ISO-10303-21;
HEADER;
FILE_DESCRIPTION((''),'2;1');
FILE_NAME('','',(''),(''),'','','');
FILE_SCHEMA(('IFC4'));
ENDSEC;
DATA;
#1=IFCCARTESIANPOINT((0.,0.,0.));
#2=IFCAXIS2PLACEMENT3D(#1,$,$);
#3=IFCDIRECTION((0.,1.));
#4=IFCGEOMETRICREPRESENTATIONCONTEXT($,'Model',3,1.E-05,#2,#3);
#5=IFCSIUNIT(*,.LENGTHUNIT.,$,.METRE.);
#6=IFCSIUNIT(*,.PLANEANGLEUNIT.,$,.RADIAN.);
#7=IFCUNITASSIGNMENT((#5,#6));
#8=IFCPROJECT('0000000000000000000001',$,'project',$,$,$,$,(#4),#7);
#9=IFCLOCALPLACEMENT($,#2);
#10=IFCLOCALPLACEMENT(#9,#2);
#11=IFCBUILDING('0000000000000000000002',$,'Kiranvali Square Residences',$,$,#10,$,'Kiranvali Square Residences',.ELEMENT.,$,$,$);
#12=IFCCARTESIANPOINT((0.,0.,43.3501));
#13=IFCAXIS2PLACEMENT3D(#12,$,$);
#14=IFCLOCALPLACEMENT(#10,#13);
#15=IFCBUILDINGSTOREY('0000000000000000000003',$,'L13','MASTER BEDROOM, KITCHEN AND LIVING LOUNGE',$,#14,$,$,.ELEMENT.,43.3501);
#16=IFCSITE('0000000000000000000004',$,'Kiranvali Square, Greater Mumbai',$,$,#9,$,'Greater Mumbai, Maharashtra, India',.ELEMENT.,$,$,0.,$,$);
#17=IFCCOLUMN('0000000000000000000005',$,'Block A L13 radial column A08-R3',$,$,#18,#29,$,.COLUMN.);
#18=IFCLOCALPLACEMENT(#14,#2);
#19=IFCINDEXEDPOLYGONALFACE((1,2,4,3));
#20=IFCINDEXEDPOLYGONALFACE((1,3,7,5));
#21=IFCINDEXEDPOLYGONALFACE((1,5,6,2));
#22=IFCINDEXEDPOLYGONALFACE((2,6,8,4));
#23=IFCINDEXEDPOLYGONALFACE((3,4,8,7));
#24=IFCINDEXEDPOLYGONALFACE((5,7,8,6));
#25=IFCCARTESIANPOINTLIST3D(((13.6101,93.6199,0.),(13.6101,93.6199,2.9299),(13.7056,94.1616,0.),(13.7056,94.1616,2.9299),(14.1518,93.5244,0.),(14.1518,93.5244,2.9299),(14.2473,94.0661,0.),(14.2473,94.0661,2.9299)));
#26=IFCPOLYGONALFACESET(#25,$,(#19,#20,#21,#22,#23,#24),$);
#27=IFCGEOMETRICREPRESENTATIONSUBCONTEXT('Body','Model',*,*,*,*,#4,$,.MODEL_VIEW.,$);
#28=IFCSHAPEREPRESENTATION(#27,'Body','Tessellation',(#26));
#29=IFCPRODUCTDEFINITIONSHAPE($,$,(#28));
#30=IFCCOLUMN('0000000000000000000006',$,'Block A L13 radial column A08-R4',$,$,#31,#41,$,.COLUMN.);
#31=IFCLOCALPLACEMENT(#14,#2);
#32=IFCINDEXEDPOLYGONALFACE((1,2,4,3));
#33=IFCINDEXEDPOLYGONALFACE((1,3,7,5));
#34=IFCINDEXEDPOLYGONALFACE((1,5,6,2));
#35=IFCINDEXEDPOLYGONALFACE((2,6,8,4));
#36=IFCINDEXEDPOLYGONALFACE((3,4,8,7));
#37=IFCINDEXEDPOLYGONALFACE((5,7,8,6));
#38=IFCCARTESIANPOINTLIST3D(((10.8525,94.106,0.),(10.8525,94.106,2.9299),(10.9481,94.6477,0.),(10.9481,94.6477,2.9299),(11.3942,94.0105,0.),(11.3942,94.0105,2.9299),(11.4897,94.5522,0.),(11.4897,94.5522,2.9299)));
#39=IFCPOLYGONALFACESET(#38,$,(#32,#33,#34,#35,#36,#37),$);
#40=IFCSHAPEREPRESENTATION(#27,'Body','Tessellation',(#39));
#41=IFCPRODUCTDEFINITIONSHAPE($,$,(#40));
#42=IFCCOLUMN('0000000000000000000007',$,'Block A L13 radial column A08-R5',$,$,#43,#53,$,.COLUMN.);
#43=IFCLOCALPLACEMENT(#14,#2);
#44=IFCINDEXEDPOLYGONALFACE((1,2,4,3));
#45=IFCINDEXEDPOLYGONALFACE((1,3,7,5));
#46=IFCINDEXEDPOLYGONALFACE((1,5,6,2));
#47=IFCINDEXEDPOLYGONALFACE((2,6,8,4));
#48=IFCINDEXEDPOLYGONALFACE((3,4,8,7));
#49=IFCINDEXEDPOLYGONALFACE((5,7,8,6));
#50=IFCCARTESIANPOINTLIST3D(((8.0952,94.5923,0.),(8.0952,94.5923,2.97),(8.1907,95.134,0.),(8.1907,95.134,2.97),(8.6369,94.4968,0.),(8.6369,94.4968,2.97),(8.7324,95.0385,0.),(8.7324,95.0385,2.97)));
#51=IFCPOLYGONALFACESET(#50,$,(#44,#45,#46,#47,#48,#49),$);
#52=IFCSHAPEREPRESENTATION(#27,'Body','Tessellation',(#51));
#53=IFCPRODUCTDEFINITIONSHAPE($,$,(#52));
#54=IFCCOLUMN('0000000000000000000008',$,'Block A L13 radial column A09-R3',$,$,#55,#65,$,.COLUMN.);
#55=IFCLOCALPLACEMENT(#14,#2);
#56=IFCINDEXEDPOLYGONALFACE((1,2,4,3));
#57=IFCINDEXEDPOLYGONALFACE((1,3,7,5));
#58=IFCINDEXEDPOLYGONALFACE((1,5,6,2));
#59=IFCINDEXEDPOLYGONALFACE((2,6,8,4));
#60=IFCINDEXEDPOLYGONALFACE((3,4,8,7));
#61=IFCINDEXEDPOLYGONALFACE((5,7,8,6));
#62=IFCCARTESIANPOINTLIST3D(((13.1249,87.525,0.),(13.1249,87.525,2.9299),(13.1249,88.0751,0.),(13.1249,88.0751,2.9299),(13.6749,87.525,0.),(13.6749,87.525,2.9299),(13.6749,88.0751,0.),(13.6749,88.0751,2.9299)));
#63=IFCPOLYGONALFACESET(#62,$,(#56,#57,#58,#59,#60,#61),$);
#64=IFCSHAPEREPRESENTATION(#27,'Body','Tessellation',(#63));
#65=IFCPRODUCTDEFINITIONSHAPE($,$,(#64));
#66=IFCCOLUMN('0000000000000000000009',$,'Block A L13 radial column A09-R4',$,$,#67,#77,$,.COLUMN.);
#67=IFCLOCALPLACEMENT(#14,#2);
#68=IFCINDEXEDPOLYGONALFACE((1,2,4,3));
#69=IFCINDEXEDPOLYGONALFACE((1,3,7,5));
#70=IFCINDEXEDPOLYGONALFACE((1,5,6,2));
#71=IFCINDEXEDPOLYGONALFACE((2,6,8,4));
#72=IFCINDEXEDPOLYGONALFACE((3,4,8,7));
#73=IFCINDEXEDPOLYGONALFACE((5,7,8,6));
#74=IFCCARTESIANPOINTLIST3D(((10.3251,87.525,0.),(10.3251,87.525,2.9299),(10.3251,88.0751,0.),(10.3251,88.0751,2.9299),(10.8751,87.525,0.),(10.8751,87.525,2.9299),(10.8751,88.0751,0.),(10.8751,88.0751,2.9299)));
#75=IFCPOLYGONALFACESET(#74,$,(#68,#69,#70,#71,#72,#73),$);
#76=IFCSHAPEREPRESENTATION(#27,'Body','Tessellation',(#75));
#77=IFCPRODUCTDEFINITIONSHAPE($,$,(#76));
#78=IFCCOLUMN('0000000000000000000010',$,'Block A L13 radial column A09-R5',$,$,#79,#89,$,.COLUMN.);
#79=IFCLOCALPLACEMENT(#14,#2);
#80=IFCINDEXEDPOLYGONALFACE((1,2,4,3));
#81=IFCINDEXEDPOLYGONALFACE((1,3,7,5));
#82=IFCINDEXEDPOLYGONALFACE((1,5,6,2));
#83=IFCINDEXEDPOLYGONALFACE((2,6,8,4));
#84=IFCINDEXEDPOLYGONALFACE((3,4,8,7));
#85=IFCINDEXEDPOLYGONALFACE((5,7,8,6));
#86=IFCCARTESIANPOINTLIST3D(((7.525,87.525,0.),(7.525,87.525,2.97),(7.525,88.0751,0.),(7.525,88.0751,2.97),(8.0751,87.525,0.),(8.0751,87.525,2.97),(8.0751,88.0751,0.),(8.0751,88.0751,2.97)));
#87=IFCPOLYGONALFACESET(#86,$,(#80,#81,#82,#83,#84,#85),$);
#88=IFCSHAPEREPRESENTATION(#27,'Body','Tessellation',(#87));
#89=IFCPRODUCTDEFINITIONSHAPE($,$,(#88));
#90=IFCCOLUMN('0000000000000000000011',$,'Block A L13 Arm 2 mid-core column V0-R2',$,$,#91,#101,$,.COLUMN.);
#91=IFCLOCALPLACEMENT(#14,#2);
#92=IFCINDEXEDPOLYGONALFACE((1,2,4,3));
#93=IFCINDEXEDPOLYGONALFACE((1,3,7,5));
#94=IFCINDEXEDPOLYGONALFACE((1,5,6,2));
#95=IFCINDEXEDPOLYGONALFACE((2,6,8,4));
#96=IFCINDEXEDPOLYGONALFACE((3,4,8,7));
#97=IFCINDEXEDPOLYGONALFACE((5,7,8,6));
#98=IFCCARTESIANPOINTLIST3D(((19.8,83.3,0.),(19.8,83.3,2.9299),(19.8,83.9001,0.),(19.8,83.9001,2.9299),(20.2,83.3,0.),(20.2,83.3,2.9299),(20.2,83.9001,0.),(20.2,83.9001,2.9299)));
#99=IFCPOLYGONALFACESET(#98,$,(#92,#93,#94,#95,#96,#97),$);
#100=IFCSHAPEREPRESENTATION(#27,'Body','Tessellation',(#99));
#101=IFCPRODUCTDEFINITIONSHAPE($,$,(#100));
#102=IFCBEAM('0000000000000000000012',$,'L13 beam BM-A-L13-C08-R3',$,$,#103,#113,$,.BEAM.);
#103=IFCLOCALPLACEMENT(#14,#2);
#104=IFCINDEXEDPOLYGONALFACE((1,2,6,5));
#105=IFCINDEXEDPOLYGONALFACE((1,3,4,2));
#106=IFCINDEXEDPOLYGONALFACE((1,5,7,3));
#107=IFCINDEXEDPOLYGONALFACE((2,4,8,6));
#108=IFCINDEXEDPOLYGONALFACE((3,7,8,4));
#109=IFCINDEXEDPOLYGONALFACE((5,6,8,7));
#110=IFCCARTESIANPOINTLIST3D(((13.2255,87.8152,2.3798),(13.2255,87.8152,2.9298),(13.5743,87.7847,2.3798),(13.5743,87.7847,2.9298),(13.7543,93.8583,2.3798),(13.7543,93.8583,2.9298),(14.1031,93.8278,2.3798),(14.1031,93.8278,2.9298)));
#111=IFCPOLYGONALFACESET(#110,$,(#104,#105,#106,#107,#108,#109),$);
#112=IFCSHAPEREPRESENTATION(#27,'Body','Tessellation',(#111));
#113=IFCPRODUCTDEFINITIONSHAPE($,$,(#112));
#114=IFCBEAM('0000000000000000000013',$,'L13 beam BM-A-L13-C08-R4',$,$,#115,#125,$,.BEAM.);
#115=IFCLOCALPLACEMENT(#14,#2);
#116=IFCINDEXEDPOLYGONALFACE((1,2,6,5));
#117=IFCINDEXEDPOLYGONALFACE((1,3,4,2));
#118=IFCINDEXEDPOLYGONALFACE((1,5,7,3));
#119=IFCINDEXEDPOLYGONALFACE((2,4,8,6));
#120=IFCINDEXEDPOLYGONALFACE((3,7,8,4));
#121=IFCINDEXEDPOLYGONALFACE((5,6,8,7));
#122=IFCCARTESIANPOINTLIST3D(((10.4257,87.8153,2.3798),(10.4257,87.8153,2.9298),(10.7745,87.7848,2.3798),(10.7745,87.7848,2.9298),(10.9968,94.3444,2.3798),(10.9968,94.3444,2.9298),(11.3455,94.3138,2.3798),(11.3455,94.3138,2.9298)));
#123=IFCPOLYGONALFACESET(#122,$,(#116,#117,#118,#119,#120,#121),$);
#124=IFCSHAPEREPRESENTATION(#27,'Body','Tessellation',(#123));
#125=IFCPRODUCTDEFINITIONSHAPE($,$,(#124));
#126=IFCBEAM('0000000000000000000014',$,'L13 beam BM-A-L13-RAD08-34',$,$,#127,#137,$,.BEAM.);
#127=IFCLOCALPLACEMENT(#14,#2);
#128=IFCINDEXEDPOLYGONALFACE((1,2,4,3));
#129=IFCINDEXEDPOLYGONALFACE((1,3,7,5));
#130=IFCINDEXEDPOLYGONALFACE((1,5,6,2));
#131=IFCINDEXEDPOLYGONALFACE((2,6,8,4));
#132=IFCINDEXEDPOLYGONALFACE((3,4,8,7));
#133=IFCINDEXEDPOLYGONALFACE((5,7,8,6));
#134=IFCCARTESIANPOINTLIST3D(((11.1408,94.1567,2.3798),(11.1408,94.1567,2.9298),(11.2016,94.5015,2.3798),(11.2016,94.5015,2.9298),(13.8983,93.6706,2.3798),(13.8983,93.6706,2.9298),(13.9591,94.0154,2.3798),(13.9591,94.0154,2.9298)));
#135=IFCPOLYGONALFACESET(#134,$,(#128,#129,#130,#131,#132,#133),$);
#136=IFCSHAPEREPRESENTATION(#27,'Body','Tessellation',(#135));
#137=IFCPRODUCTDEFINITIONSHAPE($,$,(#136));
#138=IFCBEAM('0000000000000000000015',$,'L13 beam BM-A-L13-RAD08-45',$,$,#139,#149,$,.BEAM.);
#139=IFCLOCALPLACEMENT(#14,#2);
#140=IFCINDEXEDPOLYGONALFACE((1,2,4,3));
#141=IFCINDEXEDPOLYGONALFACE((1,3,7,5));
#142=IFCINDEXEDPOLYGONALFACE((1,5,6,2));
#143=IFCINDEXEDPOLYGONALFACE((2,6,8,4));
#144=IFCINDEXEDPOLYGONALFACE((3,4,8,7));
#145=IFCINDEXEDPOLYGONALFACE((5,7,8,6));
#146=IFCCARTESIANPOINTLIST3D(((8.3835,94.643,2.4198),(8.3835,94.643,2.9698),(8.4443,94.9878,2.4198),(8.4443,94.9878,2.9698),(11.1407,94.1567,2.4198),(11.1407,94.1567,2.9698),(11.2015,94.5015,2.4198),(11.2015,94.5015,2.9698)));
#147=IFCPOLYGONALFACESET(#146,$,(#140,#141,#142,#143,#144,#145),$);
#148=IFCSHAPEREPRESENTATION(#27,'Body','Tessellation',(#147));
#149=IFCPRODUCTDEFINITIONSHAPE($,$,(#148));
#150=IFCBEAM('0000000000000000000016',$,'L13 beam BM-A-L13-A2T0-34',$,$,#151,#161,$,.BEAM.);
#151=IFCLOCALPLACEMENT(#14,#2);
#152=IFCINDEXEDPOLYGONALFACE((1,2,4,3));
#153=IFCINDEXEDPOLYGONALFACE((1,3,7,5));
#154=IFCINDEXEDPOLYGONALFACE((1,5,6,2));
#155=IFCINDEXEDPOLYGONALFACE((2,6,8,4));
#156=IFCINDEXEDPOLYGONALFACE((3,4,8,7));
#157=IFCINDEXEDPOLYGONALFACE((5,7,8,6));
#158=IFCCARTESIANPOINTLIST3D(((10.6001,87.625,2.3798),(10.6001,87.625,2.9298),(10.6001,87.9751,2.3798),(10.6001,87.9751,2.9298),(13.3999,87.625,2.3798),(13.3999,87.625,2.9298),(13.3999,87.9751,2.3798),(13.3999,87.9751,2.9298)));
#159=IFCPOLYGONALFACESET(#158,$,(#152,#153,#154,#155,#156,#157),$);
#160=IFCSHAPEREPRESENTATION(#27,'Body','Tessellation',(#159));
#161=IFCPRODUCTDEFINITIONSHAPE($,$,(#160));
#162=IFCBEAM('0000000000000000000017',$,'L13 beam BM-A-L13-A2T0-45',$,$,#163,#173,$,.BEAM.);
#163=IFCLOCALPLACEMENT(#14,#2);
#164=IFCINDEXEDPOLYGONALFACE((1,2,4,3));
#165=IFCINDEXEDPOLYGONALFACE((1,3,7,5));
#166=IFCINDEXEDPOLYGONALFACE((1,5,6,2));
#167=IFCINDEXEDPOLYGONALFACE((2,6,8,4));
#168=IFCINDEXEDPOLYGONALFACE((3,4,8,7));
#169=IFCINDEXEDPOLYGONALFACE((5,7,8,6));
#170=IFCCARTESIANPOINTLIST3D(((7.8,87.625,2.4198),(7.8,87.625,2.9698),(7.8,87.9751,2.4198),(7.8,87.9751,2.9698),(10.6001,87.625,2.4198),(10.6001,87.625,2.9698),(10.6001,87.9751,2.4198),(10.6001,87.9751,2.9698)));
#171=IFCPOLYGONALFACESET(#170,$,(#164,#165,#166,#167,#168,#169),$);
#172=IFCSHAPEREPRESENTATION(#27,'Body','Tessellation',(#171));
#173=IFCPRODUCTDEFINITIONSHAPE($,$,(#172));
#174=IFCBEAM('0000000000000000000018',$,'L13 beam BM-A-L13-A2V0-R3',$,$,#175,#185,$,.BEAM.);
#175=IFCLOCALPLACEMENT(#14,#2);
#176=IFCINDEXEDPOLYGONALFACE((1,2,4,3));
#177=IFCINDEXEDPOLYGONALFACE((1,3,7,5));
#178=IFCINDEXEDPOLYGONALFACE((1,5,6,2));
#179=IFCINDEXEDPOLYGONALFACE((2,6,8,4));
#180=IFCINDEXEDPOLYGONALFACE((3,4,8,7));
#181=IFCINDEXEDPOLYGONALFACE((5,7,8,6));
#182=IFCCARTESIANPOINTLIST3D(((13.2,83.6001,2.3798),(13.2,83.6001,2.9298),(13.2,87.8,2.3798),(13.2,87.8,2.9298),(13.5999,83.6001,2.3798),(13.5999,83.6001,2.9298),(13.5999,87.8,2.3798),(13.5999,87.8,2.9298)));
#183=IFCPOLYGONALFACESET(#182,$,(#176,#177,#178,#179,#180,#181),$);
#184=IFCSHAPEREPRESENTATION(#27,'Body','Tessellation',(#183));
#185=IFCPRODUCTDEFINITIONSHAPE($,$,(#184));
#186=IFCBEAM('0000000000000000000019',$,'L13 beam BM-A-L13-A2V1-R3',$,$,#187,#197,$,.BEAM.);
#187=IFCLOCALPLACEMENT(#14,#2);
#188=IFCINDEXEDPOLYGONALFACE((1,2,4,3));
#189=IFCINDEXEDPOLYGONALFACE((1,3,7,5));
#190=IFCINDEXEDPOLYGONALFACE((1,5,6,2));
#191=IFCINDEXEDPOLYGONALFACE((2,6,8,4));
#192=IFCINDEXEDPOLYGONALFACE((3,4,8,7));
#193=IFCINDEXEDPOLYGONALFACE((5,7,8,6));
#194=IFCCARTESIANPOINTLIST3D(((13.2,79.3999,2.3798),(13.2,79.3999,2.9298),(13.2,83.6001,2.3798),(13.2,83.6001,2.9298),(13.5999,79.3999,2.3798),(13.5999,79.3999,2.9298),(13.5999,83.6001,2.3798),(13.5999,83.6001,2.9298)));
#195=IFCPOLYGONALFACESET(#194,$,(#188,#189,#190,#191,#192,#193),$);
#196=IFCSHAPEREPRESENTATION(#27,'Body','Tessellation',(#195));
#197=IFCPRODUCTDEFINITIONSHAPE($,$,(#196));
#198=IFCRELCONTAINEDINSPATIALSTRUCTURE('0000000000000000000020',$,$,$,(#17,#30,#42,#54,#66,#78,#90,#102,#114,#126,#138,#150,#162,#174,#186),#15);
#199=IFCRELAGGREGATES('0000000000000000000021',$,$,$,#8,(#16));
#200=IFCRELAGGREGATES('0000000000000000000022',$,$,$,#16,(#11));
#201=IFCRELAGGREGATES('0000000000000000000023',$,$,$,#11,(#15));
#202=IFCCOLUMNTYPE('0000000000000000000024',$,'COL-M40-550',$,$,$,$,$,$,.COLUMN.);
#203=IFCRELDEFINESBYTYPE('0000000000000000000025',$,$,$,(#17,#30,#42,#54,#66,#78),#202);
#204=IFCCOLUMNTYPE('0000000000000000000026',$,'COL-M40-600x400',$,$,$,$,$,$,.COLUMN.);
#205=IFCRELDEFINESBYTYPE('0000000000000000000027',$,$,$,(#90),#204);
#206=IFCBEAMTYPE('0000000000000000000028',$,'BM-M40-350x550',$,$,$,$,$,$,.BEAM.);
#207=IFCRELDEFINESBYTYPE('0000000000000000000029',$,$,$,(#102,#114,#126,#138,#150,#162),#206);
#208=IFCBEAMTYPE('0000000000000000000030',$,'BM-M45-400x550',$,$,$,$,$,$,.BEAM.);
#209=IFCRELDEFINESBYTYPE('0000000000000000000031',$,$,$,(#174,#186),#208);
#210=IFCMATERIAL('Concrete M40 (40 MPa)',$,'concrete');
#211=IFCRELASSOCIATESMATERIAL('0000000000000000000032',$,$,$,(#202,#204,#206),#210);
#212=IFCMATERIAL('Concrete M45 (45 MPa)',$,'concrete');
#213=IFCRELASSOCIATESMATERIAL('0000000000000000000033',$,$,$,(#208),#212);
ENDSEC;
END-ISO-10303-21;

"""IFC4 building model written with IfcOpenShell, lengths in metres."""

from ifc_helpers import new_model, si_unit, direction, frame, origin, origin_2d, place, context, subcontext, project, spatial, rectangle, extrude, material, material_profile, profile_set, type_object, element, save


model = new_model("IFC4")

# Units and contexts
model_context = context("Model", 3, precision=1e-05, world=origin(), true_north=direction((0.0, 1.0)))
body_context = subcontext(model_context, "Body", "Model", "MODEL_VIEW")
ifc_project = project(units=[si_unit("LENGTHUNIT", "METRE"), si_unit("PLANEANGLEUNIT", "RADIAN")], contexts=[model_context])

# Site, building, storey
site_placement = place(None, origin())
site = spatial("IfcSite", under=ifc_project, at=site_placement, Name="Kiranvali Square, Greater Mumbai", LongName="Greater Mumbai, Maharashtra, India", CompositionType="ELEMENT", RefElevation=0.0)
building_placement = place(site_placement, origin())
building = spatial("IfcBuilding", under=site, at=building_placement, Name="Kiranvali Square Residences", LongName="Kiranvali Square Residences", CompositionType="ELEMENT")
storey_placement = place(building_placement, frame((0.0, 0.0, 43.3501)))
storey = spatial("IfcBuildingStorey", under=building, at=storey_placement, Name="L13", Description="MASTER BEDROOM, KITCHEN AND LIVING LOUNGE", CompositionType="ELEMENT", Elevation=43.3501)

# Columns
ifc_material_1 = material(Name="Concrete M40 (40 MPa)", Category="concrete")
ifc_material_profile_1 = material_profile(ifc_material_1, rectangle(XDim=0.55, YDim=0.55, at=origin_2d()), Name="RC 550x550")
ifc_profile_set_1 = profile_set([ifc_material_profile_1], Name="Concrete M40 (40 MPa)")
column_type_1 = type_object("IfcColumnType", Name="COL-M40-550", PredefinedType="COLUMN", material=ifc_profile_set_1)
for number, where, z_axis, x_axis, name in (
    (1, (13.9287, 93.843, 0.0), (0.0, 0.0, 1.0), (0.173648, 0.984808, 0.0), "Block A L13 radial column A08-R3"),
    (2, (11.1711, 94.3291, 0.0), (0.0, 0.0, 1.0), (0.173648, 0.984808, 0.0), "Block A L13 radial column A08-R4"),
):
    element("IfcColumn", number, at=place(storey_placement, frame(where, z_axis=z_axis, x_axis=x_axis)), inside=storey, type_object=column_type_1, Name=name, PredefinedType="COLUMN", context=body_context, shape_type="SweptSolid", body=[
        extrude(rectangle(XDim=0.55, YDim=0.55, at=origin_2d()), origin(), (0.0, 0.0, 1.0), 2.9299),
    ])
column_1_placement = place(storey_placement, frame((8.4138, 94.8154, 0.0), z_axis=(0.0, 0.0, 1.0), x_axis=(0.173648, 0.984808, 0.0)))
element("IfcColumn", 3, at=column_1_placement, inside=storey, type_object=column_type_1, Name="Block A L13 radial column A08-R5", PredefinedType="COLUMN", context=body_context, shape_type="SweptSolid", body=[
    extrude(rectangle(XDim=0.55, YDim=0.55, at=origin_2d()), origin(), (0.0, 0.0, 1.0), 2.97),
])
for number, where, z_axis, x_axis, name in (
    (4, (13.3999, 87.8, 0.0), (0.0, 0.0, 1.0), (0.0, 1.0, 0.0), "Block A L13 radial column A09-R3"),
    (5, (10.6001, 87.8, 0.0), (0.0, 0.0, 1.0), (0.0, 1.0, 0.0), "Block A L13 radial column A09-R4"),
):
    element("IfcColumn", number, at=place(storey_placement, frame(where, z_axis=z_axis, x_axis=x_axis)), inside=storey, type_object=column_type_1, Name=name, PredefinedType="COLUMN", context=body_context, shape_type="SweptSolid", body=[
        extrude(rectangle(XDim=0.55, YDim=0.55, at=origin_2d()), origin(), (0.0, 0.0, 1.0), 2.9299),
    ])
column_2_placement = place(storey_placement, frame((7.8, 87.8, 0.0), z_axis=(0.0, 0.0, 1.0), x_axis=(0.0, 1.0, 0.0)))
element("IfcColumn", 6, at=column_2_placement, inside=storey, type_object=column_type_1, Name="Block A L13 radial column A09-R5", PredefinedType="COLUMN", context=body_context, shape_type="SweptSolid", body=[
    extrude(rectangle(XDim=0.55, YDim=0.55, at=origin_2d()), origin(), (0.0, 0.0, 1.0), 2.97),
])
ifc_material_profile_2 = material_profile(ifc_material_1, rectangle(XDim=0.3999, YDim=0.6001, at=origin_2d()), Name="RC 600x400")
ifc_profile_set_2 = profile_set([ifc_material_profile_2], Name="Concrete M40 (40 MPa)")
column_type_2 = type_object("IfcColumnType", Name="COL-M40-600x400", PredefinedType="COLUMN", material=ifc_profile_set_2)
column_3_placement = place(storey_placement, frame((20.0, 83.6001, 0.0), z_axis=(0.0, 0.0, 1.0), x_axis=(1.0, 0.0, 0.0)))
element("IfcColumn", 7, at=column_3_placement, inside=storey, type_object=column_type_2, Name="Block A L13 Arm 2 mid-core column V0-R2", PredefinedType="COLUMN", context=body_context, shape_type="SweptSolid", body=[
    extrude(rectangle(XDim=0.3999, YDim=0.6001, at=origin_2d()), origin(), (0.0, 0.0, 1.0), 2.9299),
])

# Beams
ifc_material_profile_3 = material_profile(ifc_material_1, rectangle(XDim=0.3501, YDim=0.55, at=origin_2d()), Name="RC 350x550")
ifc_profile_set_3 = profile_set([ifc_material_profile_3], Name="Concrete M40 (40 MPa)")
beam_type_1 = type_object("IfcBeamType", Name="BM-M40-350x550", PredefinedType="BEAM", material=ifc_profile_set_3)
beam_1_placement = place(storey_placement, frame((13.9287, 93.843, 2.6548), z_axis=(-0.087175, -0.996193, 0.0), x_axis=(0.996193, -0.087175, 0.0)))
element("IfcBeam", 8, at=beam_1_placement, inside=storey, type_object=beam_type_1, Name="L13 beam BM-A-L13-C08-R3", PredefinedType="BEAM", context=body_context, shape_type="SweptSolid", body=[
    extrude(rectangle(XDim=0.3501, YDim=0.55, at=origin_2d()), origin(), (0.0, 0.0, 1.0), 6.0662),
])
beam_2_placement = place(storey_placement, frame((11.1711, 94.3291, 2.6548), z_axis=(-0.08713, -0.996197, 0.0), x_axis=(0.996197, -0.08713, 0.0)))
element("IfcBeam", 9, at=beam_2_placement, inside=storey, type_object=beam_type_1, Name="L13 beam BM-A-L13-C08-R4", PredefinedType="BEAM", context=body_context, shape_type="SweptSolid", body=[
    extrude(rectangle(XDim=0.3501, YDim=0.55, at=origin_2d()), origin(), (0.0, 0.0, 1.0), 6.554),
])
beam_3_placement = place(storey_placement, frame((13.9287, 93.843, 2.6548), z_axis=(-0.984817, 0.173596, 0.0), x_axis=(-0.173596, -0.984817, 0.0)))
element("IfcBeam", 10, at=beam_3_placement, inside=storey, type_object=beam_type_1, Name="L13 beam BM-A-L13-RAD08-34", PredefinedType="BEAM", context=body_context, shape_type="SweptSolid", body=[
    extrude(rectangle(XDim=0.3501, YDim=0.55, at=origin_2d()), origin(), (0.0, 0.0, 1.0), 2.8),
])
for number, where, z_axis, x_axis, name in (
    (11, (11.1711, 94.3291, 2.6948), (-0.984799, 0.173696, 0.0), (-0.173696, -0.984799, 0.0), "L13 beam BM-A-L13-RAD08-45"),
    (12, (13.3999, 87.8, 2.6548), (-1.0, 0.0, 0.0), (0.0, -1.0, 0.0), "L13 beam BM-A-L13-A2T0-34"),
):
    element("IfcBeam", number, at=place(storey_placement, frame(where, z_axis=z_axis, x_axis=x_axis)), inside=storey, type_object=beam_type_1, Name=name, PredefinedType="BEAM", context=body_context, shape_type="SweptSolid", body=[
        extrude(rectangle(XDim=0.3501, YDim=0.55, at=origin_2d()), origin(), (0.0, 0.0, 1.0), 2.7998),
    ])
beam_4_placement = place(storey_placement, frame((10.6001, 87.8, 2.6948), z_axis=(-1.0, 0.0, 0.0), x_axis=(0.0, -1.0, 0.0)))
element("IfcBeam", 13, at=beam_4_placement, inside=storey, type_object=beam_type_1, Name="L13 beam BM-A-L13-A2T0-45", PredefinedType="BEAM", context=body_context, shape_type="SweptSolid", body=[
    extrude(rectangle(XDim=0.3501, YDim=0.55, at=origin_2d()), origin(), (0.0, 0.0, 1.0), 2.8),
])
ifc_material_2 = material(Name="Concrete M45 (45 MPa)", Category="concrete")
ifc_material_profile_4 = material_profile(ifc_material_2, rectangle(XDim=0.3999, YDim=0.55, at=origin_2d()), Name="RC 400x550")
ifc_profile_set_4 = profile_set([ifc_material_profile_4], Name="Concrete M45 (45 MPa)")
beam_type_2 = type_object("IfcBeamType", Name="BM-M45-400x550", PredefinedType="BEAM", material=ifc_profile_set_4)
beam_5_placement = place(storey_placement, frame((13.3999, 87.8, 2.6548), z_axis=(0.0, -1.0, 0.0), x_axis=(1.0, 0.0, 0.0)))
element("IfcBeam", 14, at=beam_5_placement, inside=storey, type_object=beam_type_2, Name="L13 beam BM-A-L13-A2V0-R3", PredefinedType="BEAM", context=body_context, shape_type="SweptSolid", body=[
    extrude(rectangle(XDim=0.3999, YDim=0.55, at=origin_2d()), origin(), (0.0, 0.0, 1.0), 4.2),
])
beam_6_placement = place(storey_placement, frame((13.3999, 83.6001, 2.6548), z_axis=(0.0, -1.0, 0.0), x_axis=(1.0, 0.0, 0.0)))
element("IfcBeam", 15, at=beam_6_placement, inside=storey, type_object=beam_type_2, Name="L13 beam BM-A-L13-A2V1-R3", PredefinedType="BEAM", context=body_context, shape_type="SweptSolid", body=[
    extrude(rectangle(XDim=0.3999, YDim=0.55, at=origin_2d()), origin(), (0.0, 0.0, 1.0), 4.2002),
])

save(model, "model.ifc")
